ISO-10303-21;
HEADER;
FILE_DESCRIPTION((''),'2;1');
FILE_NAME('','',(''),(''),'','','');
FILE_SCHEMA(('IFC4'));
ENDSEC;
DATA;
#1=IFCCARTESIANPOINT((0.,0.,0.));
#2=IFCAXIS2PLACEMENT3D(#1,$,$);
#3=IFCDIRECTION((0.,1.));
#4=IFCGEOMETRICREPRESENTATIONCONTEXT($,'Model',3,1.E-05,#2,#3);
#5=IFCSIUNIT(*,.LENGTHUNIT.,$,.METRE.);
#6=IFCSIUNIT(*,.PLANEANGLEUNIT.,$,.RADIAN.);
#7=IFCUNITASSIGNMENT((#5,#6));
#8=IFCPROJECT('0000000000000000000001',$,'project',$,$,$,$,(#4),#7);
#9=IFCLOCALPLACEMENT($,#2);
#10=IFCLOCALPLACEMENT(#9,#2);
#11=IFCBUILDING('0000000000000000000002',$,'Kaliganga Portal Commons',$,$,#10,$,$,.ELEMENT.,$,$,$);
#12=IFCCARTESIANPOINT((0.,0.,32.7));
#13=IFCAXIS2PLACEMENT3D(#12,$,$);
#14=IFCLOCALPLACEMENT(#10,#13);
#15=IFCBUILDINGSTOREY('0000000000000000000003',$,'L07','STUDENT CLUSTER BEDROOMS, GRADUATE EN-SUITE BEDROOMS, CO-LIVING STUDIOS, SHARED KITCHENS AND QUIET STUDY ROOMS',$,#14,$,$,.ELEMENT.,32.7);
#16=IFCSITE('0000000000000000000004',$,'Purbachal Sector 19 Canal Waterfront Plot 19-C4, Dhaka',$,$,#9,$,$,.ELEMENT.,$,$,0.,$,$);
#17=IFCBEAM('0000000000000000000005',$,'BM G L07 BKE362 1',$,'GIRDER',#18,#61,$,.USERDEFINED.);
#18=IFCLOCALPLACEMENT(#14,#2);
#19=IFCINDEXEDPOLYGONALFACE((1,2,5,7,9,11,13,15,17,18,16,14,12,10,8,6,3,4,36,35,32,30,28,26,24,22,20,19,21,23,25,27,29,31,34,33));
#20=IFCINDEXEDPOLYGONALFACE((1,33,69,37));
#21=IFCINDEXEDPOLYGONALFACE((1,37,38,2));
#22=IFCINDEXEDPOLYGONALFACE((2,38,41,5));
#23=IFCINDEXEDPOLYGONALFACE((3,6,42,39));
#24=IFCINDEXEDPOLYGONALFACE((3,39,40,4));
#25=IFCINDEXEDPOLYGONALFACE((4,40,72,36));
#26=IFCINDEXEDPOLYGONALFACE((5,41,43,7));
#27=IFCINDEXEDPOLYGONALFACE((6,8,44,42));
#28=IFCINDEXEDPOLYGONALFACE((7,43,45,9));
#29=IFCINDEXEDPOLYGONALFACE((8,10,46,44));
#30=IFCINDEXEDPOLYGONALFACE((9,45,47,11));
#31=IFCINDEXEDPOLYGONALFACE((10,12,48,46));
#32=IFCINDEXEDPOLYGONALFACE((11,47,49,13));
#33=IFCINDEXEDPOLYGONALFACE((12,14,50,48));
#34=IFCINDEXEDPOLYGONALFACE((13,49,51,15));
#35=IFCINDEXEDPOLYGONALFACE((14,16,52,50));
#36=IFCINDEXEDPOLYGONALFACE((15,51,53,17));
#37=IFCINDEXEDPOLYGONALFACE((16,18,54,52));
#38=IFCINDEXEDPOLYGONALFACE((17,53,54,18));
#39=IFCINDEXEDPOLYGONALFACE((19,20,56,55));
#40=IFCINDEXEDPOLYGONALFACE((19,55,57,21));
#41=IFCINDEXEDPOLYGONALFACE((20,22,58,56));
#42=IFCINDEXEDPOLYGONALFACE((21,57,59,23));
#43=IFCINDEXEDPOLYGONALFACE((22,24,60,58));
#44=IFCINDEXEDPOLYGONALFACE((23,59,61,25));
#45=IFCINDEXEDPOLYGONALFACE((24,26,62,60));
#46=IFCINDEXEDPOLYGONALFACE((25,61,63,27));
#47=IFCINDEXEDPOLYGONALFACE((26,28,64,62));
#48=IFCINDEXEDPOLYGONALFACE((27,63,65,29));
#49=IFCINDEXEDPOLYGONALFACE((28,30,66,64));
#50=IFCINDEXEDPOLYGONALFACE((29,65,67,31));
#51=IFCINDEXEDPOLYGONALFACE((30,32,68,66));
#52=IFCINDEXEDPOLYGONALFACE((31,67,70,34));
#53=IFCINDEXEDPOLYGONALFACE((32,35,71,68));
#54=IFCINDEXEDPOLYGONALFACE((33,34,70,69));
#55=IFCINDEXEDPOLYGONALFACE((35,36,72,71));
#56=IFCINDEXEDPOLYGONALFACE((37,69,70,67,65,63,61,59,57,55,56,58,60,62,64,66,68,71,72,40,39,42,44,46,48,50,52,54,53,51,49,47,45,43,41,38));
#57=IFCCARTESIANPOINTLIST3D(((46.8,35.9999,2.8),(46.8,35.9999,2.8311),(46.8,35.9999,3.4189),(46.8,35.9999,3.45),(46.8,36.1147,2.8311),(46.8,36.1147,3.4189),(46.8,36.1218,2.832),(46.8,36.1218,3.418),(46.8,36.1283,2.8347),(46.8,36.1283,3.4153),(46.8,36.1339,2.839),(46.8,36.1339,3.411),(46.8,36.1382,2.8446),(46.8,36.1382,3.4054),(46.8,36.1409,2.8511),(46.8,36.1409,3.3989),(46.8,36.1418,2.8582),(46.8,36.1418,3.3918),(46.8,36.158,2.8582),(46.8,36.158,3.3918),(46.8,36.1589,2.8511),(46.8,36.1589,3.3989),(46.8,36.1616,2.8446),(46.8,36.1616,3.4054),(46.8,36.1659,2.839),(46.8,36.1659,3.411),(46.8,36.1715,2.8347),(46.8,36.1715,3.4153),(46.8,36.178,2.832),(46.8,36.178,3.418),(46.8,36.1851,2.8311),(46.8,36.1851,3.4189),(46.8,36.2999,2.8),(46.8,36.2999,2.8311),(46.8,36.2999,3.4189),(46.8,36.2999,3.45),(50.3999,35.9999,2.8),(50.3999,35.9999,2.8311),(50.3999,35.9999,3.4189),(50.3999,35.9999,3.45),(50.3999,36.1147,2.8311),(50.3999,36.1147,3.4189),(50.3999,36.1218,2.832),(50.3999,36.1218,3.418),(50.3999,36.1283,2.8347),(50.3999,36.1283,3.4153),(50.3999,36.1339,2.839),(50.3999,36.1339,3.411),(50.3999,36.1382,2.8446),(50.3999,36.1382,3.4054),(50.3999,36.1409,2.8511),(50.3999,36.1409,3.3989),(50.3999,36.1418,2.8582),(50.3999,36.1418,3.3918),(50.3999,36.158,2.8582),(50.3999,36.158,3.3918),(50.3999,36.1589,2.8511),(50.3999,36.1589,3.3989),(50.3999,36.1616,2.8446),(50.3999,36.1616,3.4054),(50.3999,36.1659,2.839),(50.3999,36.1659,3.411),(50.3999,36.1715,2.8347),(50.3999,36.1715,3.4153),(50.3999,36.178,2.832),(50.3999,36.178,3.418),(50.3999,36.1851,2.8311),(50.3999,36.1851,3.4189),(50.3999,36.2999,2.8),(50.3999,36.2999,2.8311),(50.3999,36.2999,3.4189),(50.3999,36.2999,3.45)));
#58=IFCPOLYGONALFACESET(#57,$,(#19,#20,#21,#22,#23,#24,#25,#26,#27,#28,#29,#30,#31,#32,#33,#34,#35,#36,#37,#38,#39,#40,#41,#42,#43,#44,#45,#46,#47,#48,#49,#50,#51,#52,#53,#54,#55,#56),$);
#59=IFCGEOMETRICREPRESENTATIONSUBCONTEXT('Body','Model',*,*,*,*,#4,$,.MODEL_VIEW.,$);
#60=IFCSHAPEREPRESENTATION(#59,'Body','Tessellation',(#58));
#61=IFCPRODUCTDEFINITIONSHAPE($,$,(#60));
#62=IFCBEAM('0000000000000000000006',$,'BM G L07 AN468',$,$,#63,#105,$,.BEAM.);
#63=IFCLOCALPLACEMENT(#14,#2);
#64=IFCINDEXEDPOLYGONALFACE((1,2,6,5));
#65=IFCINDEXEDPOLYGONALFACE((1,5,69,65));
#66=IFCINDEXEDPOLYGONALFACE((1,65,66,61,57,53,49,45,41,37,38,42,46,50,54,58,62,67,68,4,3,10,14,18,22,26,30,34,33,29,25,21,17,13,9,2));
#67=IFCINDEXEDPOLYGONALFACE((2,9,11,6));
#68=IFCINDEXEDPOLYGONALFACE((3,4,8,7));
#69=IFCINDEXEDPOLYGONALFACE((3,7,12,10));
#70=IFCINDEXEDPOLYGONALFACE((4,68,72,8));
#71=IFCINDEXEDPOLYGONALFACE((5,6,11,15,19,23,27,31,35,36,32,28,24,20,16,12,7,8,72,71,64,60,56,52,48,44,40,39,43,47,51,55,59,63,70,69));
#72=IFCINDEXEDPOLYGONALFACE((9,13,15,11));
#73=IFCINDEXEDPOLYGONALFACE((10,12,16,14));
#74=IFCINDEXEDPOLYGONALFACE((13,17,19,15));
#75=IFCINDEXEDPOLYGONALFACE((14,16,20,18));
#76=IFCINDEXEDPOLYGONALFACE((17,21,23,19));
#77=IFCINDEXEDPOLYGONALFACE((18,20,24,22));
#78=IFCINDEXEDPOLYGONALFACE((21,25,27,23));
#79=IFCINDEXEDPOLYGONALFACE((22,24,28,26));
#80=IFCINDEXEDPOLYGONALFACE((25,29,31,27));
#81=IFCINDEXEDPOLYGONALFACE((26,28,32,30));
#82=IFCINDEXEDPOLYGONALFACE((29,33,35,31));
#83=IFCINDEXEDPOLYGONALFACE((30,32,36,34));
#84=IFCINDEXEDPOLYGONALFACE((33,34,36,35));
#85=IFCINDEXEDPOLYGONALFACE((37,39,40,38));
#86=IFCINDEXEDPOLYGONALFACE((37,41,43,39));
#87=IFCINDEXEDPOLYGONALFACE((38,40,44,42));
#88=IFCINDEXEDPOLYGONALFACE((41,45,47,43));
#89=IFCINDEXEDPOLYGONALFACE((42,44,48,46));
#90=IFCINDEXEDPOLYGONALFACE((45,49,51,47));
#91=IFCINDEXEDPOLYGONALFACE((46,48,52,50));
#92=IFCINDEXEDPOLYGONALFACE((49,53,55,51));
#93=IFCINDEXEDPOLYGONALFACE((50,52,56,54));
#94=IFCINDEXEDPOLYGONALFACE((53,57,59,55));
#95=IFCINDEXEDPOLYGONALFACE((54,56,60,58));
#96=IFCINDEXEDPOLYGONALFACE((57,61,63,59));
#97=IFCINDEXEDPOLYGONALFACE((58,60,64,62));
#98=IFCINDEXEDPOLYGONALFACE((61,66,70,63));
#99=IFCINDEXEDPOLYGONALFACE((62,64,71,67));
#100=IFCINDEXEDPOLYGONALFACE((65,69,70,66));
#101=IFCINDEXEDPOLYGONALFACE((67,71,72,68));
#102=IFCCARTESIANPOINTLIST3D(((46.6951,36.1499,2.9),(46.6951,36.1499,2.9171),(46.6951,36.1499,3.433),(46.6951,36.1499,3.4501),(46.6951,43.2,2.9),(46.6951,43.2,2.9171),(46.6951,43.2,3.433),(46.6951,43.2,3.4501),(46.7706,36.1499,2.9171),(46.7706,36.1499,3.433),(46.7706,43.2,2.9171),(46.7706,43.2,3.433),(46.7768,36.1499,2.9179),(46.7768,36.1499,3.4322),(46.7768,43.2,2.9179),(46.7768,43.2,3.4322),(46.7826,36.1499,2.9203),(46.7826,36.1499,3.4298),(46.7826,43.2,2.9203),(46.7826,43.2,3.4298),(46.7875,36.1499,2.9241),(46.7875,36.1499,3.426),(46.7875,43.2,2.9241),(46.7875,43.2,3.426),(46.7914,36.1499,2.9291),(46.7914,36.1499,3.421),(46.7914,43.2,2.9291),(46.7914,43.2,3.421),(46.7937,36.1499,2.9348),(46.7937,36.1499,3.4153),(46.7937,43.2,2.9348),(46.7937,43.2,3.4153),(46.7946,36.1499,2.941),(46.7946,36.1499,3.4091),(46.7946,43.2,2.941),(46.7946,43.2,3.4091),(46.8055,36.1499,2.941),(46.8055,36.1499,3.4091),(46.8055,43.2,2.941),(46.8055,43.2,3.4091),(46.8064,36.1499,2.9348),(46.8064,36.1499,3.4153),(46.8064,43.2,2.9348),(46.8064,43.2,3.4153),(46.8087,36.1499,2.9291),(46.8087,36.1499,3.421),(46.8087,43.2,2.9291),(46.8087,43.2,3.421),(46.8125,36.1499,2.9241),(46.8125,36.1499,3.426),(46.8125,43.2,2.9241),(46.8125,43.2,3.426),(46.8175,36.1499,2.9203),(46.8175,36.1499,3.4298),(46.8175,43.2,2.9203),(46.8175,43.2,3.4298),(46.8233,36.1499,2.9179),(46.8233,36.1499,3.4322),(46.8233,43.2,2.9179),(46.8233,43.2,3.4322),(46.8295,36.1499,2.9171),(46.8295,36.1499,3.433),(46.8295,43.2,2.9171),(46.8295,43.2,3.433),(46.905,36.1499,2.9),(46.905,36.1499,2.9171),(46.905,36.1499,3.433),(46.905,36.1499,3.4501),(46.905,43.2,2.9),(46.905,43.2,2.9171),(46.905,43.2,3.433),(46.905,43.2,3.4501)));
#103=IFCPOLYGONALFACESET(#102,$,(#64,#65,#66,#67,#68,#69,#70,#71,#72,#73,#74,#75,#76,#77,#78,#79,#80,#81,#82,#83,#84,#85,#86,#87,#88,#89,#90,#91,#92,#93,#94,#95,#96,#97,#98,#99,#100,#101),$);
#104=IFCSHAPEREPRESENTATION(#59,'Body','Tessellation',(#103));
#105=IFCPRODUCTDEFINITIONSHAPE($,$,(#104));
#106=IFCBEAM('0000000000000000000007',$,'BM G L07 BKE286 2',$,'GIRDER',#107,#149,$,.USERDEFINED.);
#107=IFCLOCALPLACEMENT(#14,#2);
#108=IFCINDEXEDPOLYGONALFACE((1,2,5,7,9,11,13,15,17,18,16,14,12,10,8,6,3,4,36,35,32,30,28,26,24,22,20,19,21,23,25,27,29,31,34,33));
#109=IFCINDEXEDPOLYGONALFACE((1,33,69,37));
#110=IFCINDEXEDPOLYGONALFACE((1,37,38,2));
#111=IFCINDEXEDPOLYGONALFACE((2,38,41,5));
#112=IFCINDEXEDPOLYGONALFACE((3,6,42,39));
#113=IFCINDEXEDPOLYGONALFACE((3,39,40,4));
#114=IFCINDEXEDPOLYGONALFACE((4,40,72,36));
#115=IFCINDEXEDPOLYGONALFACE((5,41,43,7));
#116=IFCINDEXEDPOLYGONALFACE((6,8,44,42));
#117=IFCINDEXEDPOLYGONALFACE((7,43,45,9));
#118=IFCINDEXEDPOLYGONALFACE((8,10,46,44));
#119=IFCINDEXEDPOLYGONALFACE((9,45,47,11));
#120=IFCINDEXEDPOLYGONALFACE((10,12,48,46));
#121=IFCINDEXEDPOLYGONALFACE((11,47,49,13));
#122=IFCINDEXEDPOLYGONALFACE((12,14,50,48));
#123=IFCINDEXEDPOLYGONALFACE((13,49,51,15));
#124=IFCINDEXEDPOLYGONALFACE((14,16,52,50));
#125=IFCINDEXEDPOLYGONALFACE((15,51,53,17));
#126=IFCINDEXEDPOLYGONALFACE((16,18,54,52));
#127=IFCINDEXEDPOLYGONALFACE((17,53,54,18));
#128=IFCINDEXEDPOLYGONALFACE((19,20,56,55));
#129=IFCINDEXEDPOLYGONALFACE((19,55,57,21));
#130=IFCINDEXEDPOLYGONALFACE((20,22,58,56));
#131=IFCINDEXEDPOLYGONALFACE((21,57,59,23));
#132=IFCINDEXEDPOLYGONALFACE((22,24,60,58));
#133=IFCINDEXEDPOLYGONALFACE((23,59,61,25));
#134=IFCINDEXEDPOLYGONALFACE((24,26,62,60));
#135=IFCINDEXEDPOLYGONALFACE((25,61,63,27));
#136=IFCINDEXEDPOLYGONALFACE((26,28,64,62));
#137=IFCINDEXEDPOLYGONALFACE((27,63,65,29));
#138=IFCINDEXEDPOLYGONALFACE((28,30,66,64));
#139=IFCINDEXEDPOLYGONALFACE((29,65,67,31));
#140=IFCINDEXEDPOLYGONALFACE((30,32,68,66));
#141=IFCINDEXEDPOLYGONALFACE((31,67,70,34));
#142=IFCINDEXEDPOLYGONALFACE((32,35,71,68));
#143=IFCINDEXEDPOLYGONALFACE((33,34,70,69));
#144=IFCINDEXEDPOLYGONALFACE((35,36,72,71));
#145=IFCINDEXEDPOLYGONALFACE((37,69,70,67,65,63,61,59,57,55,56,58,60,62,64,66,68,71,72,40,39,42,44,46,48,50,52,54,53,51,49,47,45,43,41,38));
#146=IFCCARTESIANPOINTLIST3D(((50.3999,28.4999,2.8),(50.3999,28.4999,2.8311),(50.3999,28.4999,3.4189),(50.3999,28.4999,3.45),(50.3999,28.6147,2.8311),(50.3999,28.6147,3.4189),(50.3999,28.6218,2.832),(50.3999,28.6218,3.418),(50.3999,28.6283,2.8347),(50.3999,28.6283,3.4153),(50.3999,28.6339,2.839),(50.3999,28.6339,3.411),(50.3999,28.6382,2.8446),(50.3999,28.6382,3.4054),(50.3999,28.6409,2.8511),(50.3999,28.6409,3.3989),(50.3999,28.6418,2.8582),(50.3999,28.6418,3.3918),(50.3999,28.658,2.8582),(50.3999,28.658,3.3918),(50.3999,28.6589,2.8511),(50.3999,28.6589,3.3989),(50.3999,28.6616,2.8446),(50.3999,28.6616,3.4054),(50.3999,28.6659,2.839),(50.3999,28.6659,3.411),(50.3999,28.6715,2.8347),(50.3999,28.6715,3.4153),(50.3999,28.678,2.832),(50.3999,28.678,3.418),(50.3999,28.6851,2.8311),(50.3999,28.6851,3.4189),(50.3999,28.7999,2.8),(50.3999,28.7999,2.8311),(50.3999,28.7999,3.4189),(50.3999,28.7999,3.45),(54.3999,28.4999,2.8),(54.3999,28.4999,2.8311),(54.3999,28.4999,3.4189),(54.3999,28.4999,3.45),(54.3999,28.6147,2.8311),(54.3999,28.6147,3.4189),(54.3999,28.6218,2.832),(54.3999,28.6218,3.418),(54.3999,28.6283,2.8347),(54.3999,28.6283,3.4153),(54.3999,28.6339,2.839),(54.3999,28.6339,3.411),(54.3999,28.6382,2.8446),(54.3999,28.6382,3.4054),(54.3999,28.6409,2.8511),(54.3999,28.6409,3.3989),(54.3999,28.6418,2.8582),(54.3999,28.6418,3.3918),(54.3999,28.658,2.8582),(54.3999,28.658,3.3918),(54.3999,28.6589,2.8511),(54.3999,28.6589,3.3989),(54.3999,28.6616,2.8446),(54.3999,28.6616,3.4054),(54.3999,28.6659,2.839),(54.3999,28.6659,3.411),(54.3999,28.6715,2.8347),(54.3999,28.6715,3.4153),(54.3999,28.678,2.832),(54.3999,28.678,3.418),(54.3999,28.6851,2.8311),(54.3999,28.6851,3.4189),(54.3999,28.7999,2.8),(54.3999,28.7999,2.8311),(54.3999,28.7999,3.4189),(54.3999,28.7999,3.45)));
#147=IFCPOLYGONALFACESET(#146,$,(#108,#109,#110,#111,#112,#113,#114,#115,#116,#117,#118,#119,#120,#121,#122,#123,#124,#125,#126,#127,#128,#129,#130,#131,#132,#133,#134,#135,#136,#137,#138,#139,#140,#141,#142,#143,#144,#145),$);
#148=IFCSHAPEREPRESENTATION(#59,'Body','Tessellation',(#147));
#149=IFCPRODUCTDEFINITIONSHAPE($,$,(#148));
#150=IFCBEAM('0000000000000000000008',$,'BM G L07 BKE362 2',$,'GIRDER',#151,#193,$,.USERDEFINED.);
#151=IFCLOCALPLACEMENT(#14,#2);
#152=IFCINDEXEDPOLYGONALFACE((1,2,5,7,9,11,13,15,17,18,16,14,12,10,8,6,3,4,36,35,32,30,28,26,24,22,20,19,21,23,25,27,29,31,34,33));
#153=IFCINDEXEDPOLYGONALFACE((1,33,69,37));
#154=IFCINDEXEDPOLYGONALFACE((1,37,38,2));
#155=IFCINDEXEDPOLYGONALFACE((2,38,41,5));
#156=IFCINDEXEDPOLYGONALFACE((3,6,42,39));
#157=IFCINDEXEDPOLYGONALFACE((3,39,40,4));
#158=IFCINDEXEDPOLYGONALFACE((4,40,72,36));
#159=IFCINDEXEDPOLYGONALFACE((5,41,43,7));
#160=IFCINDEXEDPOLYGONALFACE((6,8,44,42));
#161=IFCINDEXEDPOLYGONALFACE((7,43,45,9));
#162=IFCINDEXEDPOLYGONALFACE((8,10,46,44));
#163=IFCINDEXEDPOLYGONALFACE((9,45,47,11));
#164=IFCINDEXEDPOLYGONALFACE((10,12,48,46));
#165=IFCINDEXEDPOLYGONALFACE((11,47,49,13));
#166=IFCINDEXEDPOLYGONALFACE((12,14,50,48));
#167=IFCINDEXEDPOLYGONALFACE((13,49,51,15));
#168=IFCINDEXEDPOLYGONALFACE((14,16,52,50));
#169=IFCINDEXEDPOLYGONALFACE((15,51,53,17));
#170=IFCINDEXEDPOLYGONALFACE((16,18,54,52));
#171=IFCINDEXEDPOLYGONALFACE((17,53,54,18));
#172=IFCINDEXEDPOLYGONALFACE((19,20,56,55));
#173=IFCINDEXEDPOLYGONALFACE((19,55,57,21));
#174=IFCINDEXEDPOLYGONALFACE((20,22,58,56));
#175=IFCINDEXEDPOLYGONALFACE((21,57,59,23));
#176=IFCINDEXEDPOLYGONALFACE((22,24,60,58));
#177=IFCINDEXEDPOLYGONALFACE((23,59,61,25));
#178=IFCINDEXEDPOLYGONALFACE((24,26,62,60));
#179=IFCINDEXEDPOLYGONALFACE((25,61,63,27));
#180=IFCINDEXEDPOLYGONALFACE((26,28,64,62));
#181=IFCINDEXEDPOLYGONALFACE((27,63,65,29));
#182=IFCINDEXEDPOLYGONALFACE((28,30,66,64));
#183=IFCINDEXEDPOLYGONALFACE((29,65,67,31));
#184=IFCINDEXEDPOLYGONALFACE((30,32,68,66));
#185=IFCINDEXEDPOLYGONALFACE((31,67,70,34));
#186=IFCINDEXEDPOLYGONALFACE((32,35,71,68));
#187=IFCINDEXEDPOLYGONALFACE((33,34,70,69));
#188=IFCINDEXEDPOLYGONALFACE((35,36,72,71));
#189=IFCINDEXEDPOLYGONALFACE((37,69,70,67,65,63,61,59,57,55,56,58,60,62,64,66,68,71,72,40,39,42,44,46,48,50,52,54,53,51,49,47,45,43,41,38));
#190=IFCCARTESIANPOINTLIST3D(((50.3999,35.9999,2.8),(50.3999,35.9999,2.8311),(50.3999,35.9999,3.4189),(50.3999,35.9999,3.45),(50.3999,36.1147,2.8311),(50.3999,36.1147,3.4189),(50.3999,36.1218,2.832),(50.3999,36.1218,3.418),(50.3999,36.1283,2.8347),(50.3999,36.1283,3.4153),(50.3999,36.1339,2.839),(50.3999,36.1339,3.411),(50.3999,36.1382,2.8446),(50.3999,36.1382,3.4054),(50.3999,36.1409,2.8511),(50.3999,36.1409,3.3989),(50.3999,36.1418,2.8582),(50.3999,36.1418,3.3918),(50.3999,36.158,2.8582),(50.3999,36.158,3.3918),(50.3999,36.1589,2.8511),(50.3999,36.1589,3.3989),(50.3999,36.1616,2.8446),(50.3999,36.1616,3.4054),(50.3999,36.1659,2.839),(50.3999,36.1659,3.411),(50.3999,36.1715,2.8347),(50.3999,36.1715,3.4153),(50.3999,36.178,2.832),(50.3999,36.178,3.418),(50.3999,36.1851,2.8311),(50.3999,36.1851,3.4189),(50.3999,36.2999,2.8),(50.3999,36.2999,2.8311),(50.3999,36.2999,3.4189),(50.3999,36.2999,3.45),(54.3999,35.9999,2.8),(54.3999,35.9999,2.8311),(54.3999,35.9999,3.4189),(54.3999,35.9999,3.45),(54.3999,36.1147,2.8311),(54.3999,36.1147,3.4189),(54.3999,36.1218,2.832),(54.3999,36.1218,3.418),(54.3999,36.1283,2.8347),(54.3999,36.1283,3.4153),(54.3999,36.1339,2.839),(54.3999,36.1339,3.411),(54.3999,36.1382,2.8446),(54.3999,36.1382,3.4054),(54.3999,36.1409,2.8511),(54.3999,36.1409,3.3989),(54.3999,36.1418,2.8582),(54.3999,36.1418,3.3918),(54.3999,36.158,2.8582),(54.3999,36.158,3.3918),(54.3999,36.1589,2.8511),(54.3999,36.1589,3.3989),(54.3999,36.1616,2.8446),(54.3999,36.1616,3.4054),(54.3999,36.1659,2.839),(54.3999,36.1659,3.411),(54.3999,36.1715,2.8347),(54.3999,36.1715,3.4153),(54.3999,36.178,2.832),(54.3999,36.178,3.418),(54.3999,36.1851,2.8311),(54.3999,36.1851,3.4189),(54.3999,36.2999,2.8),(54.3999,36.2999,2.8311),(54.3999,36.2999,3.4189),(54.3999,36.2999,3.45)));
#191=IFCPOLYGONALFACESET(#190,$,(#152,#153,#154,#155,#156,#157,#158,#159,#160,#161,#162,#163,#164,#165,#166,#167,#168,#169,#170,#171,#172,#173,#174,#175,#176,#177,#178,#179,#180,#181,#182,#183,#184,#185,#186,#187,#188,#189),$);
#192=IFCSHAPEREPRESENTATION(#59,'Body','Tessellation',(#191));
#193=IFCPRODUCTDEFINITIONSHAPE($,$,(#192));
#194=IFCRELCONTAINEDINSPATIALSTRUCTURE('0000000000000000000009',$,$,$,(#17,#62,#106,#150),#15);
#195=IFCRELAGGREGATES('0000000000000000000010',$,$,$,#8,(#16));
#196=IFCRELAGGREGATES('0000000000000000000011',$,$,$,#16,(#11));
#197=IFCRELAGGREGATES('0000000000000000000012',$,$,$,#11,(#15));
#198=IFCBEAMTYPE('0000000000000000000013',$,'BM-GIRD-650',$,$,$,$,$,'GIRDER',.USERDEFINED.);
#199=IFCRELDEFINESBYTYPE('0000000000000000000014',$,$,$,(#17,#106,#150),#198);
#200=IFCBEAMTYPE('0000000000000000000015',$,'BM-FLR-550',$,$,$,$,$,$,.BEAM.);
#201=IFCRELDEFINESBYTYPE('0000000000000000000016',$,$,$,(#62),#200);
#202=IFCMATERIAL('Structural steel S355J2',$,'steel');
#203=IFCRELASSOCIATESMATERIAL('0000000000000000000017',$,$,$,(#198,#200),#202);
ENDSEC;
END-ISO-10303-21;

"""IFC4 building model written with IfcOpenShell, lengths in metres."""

from ifc_helpers import new_model, si_unit, direction, frame, origin, origin_2d, place, context, subcontext, project, spatial, i_section, extrude, source, transform, mapped, material, material_profile, profile_set, type_object, element, save


model = new_model("IFC4")

# Units and contexts
model_context = context("Model", 3, precision=1e-05, world=origin(), true_north=direction((0.0, 1.0)))
body_context = subcontext(model_context, "Body", "Model", "MODEL_VIEW")
ifc_project = project(units=[si_unit("LENGTHUNIT", "METRE"), si_unit("PLANEANGLEUNIT", "RADIAN")], contexts=[model_context])

# Site, building, storey
site_placement = place(None, origin())
site = spatial("IfcSite", under=ifc_project, at=site_placement, Name="Purbachal Sector 19 Canal Waterfront Plot 19-C4, Dhaka", CompositionType="ELEMENT", RefElevation=0.0)
building_placement = place(site_placement, origin())
building = spatial("IfcBuilding", under=site, at=building_placement, Name="Kaliganga Portal Commons", CompositionType="ELEMENT")
storey_placement = place(building_placement, frame((0.0, 0.0, 32.7)))
storey = spatial("IfcBuildingStorey", under=building, at=storey_placement, Name="L07", Description="STUDENT CLUSTER BEDROOMS, GRADUATE EN-SUITE BEDROOMS, CO-LIVING STUDIOS, SHARED KITCHENS AND QUIET STUDY ROOMS", CompositionType="ELEMENT", Elevation=32.7)

# Beams
ifc_material_1 = material(Name="Structural steel S355J2", Category="steel")
ifc_material_profile_1 = material_profile(ifc_material_1, i_section(OverallWidth=0.3, OverallDepth=0.6499, WebThickness=0.0161, FlangeThickness=0.031, FilletRadius=0.0271, at=origin_2d()), Name="HE 650 B")
ifc_profile_set_1 = profile_set([ifc_material_profile_1], Name="Structural steel S355J2 wide-flange")
beam_type_1 = type_object("IfcBeamType", Name="BM-GIRD-650", ElementType="GIRDER", PredefinedType="USERDEFINED", material=ifc_profile_set_1)
shared_shape_1 = source(origin(), body_context, "Body", "SweptSolid", [
    extrude(i_section(OverallWidth=0.3, OverallDepth=0.6499, WebThickness=0.0161, FlangeThickness=0.031, FilletRadius=0.0271, at=origin_2d()), origin(), (0.0, 0.0, 1.0), 3.5999),
])
beam_1_placement = place(storey_placement, frame((46.8, 36.1499, 3.125), z_axis=(1.0, 0.0, 0.0), x_axis=(0.0, 1.0, 0.0)))
element("IfcBeam", 1, at=beam_1_placement, inside=storey, type_object=beam_type_1, Name="BM G L07 BKE362 1", ObjectType="GIRDER", PredefinedType="USERDEFINED", context=body_context, shape_type="MappedRepresentation", body=[
    mapped(shared_shape_1, transform((0.0, 0.0, 0.0), x_axis=(1.0, 0.0, 0.0), y_axis=(0.0, 1.0, 0.0), z_axis=(0.0, 0.0, 1.0), scale=1.0)),
])
ifc_material_profile_2 = material_profile(ifc_material_1, i_section(OverallWidth=0.21, OverallDepth=0.55, WebThickness=0.011, FlangeThickness=0.0171, FilletRadius=0.0239, at=origin_2d()), Name="IPE 550")
ifc_profile_set_2 = profile_set([ifc_material_profile_2], Name="Structural steel S355J2 wide-flange")
beam_type_2 = type_object("IfcBeamType", Name="BM-FLR-550", PredefinedType="BEAM", material=ifc_profile_set_2)
shared_shape_2 = source(origin(), body_context, "Body", "SweptSolid", [
    extrude(i_section(OverallWidth=0.21, OverallDepth=0.55, WebThickness=0.011, FlangeThickness=0.0171, FilletRadius=0.0239, at=origin_2d()), origin(), (0.0, 0.0, 1.0), 7.05),
])
beam_2_placement = place(storey_placement, frame((46.8, 36.1499, 3.175), z_axis=(0.0, 1.0, 0.0), x_axis=(-1.0, 0.0, 0.0)))
element("IfcBeam", 2, at=beam_2_placement, inside=storey, type_object=beam_type_2, Name="BM G L07 AN468", PredefinedType="BEAM", context=body_context, shape_type="MappedRepresentation", body=[
    mapped(shared_shape_2, transform((0.0, 0.0, 0.0), x_axis=(1.0, 0.0, 0.0), y_axis=(0.0, 1.0, 0.0), z_axis=(0.0, 0.0, 1.0), scale=1.0)),
])
shared_shape_3 = source(origin(), body_context, "Body", "SweptSolid", [
    extrude(i_section(OverallWidth=0.3, OverallDepth=0.6499, WebThickness=0.0161, FlangeThickness=0.031, FilletRadius=0.0271, at=origin_2d()), origin(), (0.0, 0.0, 1.0), 4.0),
])
for number, where, z_axis, x_axis, name in (
    (3, (50.3999, 28.6499, 3.125), (1.0, 0.0, 0.0), (0.0, 1.0, 0.0), "BM G L07 BKE286 2"),
    (4, (50.3999, 36.1499, 3.125), (1.0, 0.0, 0.0), (0.0, 1.0, 0.0), "BM G L07 BKE362 2"),
):
    element("IfcBeam", number, at=place(storey_placement, frame(where, z_axis=z_axis, x_axis=x_axis)), inside=storey, type_object=beam_type_1, Name=name, ObjectType="GIRDER", PredefinedType="USERDEFINED", context=body_context, shape_type="MappedRepresentation", body=[
        mapped(shared_shape_3, transform((0.0, 0.0, 0.0), x_axis=(1.0, 0.0, 0.0), y_axis=(0.0, 1.0, 0.0), z_axis=(0.0, 0.0, 1.0), scale=1.0)),
    ])

save(model, "model.ifc")
